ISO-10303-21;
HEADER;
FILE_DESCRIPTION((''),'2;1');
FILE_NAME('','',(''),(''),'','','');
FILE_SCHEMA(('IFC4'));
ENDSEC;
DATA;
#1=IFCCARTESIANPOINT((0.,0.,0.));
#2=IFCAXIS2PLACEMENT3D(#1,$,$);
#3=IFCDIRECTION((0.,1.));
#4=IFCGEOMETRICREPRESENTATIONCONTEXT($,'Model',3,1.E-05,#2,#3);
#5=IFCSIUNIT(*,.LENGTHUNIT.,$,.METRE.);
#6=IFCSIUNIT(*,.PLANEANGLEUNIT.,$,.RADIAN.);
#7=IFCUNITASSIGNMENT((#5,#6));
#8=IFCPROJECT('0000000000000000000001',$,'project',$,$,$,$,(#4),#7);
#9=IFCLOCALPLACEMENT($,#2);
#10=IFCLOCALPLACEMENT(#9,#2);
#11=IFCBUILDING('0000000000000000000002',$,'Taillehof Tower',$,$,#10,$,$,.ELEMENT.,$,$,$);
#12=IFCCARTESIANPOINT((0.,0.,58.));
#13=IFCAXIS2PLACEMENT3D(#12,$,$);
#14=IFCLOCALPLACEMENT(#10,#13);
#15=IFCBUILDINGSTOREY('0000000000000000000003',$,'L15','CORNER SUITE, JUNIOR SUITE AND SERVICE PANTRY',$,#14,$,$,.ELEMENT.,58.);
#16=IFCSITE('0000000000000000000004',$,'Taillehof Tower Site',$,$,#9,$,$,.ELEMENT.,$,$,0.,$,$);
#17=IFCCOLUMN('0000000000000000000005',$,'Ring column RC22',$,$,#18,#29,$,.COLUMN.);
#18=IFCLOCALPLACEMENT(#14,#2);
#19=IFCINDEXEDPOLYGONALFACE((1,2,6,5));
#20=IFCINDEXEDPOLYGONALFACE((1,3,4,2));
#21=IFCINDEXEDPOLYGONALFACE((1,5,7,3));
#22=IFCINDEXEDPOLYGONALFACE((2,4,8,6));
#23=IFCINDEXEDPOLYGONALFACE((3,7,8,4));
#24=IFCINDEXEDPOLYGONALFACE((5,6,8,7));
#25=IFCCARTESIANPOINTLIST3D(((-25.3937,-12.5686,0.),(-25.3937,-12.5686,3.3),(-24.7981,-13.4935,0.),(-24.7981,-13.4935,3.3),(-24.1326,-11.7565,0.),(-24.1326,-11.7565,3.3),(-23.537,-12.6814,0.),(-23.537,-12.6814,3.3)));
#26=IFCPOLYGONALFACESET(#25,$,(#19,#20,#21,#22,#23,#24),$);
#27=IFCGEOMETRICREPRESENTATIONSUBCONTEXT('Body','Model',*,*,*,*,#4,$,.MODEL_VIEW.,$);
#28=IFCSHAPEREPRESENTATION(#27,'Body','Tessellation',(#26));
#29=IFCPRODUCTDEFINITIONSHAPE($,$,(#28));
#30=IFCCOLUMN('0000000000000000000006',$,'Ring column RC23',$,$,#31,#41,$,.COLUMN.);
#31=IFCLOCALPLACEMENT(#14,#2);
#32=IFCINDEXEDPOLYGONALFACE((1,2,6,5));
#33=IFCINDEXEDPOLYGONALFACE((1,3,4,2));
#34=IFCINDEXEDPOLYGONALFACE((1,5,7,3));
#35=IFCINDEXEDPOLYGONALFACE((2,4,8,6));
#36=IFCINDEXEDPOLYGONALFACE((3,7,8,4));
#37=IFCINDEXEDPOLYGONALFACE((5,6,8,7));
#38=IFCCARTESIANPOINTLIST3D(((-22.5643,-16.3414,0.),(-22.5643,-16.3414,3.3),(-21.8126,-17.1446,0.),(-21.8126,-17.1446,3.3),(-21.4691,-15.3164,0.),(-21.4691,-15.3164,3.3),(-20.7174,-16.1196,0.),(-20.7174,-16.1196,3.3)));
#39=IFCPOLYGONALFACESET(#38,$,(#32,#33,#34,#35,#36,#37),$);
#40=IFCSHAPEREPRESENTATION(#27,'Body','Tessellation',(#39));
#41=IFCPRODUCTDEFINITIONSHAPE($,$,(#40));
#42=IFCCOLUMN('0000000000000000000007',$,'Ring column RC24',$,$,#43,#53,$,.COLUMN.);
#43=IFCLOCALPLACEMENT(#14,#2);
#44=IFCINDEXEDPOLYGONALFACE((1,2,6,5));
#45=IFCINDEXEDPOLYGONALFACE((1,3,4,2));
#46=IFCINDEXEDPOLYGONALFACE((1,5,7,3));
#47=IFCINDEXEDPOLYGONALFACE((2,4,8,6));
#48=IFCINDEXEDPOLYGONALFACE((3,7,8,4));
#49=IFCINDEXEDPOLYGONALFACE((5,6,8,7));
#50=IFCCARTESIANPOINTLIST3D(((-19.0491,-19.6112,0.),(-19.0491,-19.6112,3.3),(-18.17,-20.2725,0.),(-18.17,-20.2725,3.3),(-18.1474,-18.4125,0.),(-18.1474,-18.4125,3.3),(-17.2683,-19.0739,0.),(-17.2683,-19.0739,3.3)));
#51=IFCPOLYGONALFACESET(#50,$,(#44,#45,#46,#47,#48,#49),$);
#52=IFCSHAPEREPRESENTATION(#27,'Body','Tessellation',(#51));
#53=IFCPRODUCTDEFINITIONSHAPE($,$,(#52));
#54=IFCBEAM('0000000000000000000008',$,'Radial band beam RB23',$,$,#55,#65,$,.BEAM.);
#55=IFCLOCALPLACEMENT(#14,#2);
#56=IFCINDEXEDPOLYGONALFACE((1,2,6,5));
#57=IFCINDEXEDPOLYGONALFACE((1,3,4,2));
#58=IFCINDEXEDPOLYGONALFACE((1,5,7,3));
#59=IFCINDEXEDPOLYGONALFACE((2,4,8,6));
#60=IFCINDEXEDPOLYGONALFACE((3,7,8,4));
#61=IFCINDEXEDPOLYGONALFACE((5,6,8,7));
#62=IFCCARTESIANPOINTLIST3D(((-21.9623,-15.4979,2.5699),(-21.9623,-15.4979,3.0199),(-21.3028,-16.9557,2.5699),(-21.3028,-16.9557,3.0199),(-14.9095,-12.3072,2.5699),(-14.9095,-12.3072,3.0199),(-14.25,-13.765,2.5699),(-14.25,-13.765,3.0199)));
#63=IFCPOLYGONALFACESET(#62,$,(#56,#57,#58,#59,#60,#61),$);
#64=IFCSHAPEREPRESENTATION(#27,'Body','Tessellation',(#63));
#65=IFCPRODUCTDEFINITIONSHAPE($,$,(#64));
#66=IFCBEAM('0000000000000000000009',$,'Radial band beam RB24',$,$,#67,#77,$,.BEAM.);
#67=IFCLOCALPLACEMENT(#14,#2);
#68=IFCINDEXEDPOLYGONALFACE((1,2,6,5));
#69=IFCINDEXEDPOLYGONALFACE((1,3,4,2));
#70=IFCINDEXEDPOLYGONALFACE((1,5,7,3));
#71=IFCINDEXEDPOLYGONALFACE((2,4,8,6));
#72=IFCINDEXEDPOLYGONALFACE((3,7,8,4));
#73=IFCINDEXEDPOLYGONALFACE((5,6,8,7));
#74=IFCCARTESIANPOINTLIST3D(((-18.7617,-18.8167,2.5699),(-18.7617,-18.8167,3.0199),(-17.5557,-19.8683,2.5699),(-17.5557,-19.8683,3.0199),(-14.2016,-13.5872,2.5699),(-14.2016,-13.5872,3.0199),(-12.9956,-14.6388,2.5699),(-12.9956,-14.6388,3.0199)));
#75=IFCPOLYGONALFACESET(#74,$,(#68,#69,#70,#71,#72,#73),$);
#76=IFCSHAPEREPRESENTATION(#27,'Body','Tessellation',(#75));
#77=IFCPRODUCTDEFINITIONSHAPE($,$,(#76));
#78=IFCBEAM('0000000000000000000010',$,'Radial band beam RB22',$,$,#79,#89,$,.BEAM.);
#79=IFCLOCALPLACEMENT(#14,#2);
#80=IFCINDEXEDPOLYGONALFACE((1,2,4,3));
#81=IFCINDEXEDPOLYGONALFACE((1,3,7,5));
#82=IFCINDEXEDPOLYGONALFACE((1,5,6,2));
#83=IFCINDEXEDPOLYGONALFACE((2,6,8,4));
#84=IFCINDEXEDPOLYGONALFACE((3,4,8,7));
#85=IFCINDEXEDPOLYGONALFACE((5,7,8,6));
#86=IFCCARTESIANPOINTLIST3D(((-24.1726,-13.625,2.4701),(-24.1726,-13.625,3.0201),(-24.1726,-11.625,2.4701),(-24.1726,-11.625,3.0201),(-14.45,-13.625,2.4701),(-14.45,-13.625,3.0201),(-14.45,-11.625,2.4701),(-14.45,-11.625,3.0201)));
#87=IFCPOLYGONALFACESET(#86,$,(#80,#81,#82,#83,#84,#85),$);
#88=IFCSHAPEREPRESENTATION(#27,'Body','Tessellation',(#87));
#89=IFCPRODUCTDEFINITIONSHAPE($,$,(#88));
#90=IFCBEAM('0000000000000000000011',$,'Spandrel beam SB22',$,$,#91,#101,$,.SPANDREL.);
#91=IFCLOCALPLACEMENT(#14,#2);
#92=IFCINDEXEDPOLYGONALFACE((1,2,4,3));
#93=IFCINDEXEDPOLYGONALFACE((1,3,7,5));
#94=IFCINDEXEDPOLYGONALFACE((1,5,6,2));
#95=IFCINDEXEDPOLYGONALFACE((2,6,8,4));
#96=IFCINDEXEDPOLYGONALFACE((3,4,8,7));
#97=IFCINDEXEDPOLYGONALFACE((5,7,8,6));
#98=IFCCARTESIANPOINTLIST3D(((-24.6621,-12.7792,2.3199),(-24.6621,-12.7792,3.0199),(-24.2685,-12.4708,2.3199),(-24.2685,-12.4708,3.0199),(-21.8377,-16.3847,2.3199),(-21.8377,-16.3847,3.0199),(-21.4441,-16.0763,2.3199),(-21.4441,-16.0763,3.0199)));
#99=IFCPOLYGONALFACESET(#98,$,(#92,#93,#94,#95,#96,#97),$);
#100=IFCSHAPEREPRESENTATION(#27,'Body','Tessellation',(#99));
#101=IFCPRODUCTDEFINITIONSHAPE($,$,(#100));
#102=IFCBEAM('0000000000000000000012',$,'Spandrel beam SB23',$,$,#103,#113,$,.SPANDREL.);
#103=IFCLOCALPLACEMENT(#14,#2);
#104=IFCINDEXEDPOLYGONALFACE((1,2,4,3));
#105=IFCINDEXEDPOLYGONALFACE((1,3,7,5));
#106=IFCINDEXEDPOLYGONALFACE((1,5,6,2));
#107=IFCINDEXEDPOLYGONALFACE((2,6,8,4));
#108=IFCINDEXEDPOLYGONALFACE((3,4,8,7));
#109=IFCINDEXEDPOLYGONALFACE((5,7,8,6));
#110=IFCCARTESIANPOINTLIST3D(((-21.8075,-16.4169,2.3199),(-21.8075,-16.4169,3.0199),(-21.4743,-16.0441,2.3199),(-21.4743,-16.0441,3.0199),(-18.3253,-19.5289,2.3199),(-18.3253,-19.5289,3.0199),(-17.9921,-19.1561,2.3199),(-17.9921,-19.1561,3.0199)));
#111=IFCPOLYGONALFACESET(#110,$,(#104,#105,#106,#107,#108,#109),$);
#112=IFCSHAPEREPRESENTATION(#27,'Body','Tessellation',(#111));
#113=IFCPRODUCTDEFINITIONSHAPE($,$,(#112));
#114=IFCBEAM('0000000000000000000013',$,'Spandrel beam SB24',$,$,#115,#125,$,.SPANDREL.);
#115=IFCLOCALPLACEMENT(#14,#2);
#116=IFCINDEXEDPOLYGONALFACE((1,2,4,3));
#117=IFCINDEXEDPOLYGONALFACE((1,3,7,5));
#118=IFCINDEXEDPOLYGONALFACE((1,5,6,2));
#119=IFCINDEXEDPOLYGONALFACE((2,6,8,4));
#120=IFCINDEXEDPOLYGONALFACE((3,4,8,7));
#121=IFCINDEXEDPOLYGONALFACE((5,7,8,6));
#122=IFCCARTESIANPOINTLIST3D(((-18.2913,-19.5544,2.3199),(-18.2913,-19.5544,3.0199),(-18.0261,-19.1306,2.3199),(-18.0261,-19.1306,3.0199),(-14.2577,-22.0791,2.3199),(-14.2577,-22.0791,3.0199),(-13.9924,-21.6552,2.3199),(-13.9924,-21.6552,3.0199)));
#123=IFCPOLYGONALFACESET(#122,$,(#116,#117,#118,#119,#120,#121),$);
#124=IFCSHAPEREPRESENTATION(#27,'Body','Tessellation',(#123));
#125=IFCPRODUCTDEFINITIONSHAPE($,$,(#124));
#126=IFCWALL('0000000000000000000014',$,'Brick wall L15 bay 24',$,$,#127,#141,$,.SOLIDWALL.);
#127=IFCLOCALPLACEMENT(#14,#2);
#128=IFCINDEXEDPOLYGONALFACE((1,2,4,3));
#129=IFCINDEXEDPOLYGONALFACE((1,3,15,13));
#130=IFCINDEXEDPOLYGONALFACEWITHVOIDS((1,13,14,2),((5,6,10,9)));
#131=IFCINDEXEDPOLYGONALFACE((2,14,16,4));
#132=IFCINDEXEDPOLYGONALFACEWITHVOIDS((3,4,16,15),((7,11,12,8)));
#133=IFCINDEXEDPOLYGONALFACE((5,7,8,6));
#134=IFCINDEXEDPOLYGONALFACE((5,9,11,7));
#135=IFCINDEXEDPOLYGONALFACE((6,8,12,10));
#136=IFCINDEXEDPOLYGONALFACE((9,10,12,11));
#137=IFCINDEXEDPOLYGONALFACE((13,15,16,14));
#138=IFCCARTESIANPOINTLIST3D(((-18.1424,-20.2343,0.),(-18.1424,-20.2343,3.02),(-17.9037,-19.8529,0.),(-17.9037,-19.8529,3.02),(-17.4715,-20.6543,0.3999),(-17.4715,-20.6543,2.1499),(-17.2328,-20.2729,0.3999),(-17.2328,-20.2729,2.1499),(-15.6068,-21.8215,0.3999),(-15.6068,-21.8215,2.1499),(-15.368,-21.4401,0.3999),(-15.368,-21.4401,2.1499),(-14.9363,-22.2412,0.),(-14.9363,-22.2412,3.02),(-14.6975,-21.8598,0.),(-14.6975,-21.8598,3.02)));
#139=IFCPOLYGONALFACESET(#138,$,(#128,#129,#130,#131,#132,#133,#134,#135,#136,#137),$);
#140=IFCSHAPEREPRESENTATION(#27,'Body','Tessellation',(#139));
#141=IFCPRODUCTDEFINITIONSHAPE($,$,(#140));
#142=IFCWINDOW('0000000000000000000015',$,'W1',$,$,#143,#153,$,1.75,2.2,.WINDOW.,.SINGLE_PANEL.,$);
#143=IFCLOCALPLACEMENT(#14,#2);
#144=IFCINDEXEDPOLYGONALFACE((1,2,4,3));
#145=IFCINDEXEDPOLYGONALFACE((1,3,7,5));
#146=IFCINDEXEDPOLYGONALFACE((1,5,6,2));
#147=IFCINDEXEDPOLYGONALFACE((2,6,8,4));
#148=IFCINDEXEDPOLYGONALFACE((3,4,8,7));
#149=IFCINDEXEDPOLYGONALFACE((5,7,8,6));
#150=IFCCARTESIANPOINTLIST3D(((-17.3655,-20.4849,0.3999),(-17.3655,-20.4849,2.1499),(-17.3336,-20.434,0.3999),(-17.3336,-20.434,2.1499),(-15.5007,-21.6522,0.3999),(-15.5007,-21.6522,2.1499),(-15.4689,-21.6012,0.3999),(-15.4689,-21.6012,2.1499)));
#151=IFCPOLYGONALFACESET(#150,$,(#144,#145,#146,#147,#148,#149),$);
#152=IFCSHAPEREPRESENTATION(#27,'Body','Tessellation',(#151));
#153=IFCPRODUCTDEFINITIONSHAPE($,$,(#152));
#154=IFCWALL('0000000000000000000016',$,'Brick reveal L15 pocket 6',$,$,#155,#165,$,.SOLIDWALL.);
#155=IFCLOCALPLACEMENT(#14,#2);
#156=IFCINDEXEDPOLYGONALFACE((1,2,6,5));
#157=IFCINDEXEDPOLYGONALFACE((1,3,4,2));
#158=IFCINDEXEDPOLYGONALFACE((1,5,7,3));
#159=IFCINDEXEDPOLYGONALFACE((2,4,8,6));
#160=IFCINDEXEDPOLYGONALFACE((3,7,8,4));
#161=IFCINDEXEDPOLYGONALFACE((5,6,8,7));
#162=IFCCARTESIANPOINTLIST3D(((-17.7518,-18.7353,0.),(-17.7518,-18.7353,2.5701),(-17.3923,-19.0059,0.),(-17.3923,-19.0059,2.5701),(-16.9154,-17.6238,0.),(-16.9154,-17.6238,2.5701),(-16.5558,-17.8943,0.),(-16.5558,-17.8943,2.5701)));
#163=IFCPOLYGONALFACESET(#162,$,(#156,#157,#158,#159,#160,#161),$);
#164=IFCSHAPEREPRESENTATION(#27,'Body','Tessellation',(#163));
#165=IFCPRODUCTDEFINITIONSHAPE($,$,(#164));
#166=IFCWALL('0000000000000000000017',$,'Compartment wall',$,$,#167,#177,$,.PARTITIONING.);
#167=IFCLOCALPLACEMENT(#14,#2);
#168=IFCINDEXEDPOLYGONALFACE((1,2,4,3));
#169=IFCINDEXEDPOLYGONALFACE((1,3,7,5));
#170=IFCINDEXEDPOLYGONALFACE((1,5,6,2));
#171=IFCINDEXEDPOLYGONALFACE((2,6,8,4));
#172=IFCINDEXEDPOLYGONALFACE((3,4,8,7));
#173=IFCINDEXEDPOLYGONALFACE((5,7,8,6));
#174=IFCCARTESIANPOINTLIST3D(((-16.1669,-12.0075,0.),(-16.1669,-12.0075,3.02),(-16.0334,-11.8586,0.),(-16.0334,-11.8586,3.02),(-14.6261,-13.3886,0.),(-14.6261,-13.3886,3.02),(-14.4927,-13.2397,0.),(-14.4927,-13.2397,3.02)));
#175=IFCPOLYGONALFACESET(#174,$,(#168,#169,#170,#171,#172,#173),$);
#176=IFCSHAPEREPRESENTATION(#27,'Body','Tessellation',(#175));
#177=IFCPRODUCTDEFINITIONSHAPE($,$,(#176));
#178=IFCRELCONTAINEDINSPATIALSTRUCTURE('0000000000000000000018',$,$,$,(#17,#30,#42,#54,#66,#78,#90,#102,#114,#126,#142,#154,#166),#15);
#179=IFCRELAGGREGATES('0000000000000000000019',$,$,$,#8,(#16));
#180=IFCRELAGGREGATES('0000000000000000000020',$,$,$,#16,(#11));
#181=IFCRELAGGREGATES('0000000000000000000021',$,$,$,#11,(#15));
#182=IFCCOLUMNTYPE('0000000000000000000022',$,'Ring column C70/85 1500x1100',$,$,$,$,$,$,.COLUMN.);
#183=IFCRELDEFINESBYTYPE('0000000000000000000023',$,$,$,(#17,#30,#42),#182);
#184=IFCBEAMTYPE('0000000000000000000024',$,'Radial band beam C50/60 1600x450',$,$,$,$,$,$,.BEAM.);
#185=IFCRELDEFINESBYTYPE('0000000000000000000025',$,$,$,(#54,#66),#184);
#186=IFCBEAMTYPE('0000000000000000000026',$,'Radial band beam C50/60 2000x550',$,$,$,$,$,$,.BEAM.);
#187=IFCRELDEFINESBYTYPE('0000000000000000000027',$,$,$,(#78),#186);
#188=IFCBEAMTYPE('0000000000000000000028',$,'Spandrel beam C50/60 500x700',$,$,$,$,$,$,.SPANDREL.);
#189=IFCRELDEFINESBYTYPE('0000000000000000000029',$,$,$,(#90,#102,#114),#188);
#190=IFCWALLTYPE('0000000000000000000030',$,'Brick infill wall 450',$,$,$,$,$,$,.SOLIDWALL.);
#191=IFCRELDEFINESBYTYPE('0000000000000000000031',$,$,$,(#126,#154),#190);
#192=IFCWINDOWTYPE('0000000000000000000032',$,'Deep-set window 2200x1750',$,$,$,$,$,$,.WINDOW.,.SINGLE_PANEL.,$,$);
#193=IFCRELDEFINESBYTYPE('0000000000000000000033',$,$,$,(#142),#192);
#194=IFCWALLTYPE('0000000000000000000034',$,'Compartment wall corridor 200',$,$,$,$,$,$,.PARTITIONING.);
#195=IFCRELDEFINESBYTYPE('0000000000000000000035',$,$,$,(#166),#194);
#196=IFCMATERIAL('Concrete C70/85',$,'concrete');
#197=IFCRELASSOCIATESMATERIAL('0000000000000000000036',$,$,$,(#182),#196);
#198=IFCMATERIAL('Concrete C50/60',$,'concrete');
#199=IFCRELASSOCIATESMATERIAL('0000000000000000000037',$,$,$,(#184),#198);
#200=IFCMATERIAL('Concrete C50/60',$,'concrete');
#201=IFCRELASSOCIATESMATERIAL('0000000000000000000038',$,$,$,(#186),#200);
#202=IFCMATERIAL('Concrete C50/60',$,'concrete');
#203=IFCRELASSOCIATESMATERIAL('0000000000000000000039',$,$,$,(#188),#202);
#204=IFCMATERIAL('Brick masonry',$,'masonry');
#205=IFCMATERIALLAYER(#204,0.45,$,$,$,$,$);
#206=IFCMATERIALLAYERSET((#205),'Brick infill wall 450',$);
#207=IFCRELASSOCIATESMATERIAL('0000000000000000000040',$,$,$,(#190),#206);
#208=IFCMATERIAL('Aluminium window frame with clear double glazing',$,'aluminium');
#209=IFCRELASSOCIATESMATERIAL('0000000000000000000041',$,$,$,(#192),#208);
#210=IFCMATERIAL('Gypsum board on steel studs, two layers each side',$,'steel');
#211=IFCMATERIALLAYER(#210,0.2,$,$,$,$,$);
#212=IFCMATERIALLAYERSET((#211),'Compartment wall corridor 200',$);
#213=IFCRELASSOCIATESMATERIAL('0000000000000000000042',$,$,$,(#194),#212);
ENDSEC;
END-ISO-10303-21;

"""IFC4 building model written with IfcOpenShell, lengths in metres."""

from ifc_helpers import new_model, si_unit, direction, frame, frame_2d, origin, origin_2d, place, context, subcontext, project, spatial, rectangle, extrude, material, layer, layer_set, material_profile, profile_set, type_object, element, fill, save


model = new_model("IFC4")

# Units and contexts
model_context = context("Model", 3, precision=1e-05, world=origin(), true_north=direction((0.0, 1.0)))
body_context = subcontext(model_context, "Body", "Model", "MODEL_VIEW")
ifc_project = project(units=[si_unit("LENGTHUNIT", "METRE"), si_unit("PLANEANGLEUNIT", "RADIAN")], contexts=[model_context])

# Site, building, storey
site_placement = place(None, origin())
site = spatial("IfcSite", under=ifc_project, at=site_placement, Name="Taillehof Tower Site", CompositionType="ELEMENT", RefElevation=0.0)
building_placement = place(site_placement, origin())
building = spatial("IfcBuilding", under=site, at=building_placement, Name="Taillehof Tower", CompositionType="ELEMENT")
storey_placement = place(building_placement, frame((0.0, 0.0, 58.0)))
storey = spatial("IfcBuildingStorey", under=building, at=storey_placement, Name="L15", Description="CORNER SUITE, JUNIOR SUITE AND SERVICE PANTRY", CompositionType="ELEMENT", Elevation=58.0)

# Columns
ifc_material_1 = material(Name="Concrete C70/85", Category="concrete")
ifc_material_profile_1 = material_profile(ifc_material_1, rectangle(XDim=1.5, YDim=1.1001, at=origin_2d()), Name="RC 1500x1100")
ifc_profile_set_1 = profile_set([ifc_material_profile_1], Name="Concrete C70/85")
column_type = type_object("IfcColumnType", Name="Ring column C70/85 1500x1100", PredefinedType="COLUMN", material=ifc_profile_set_1)
for number, where, z_axis, x_axis, name in (
    (1, (-24.4653, -12.625, 0.0), (0.0, 0.0, 1.0), (-0.840754, -0.541418, 0.0), "Ring column RC22"),
    (2, (-21.6409, -16.2305, 0.0), (0.0, 0.0, 1.0), (-0.730113, -0.683326, 0.0), "Ring column RC23"),
    (3, (-18.1587, -19.3425, 0.0), (0.0, 0.0, 1.0), (-0.601174, -0.799118, 0.0), "Ring column RC24"),
):
    element("IfcColumn", number, at=place(storey_placement, frame(where, z_axis=z_axis, x_axis=x_axis)), inside=storey, type_object=column_type, Name=name, PredefinedType="COLUMN", context=body_context, shape_type="SweptSolid", body=[
        extrude(rectangle(XDim=1.5, YDim=1.1001, at=origin_2d()), origin(), (0.0, 0.0, 1.0), 3.3),
    ])

# Beams
ifc_material_2 = material(Name="Concrete C50/60", Category="concrete")
ifc_material_profile_2 = material_profile(ifc_material_2, rectangle(XDim=1.6001, YDim=0.45, at=origin_2d()), Name="RC 1600x450")
ifc_profile_set_2 = profile_set([ifc_material_profile_2], Name="Concrete C50/60")
beam_type_1 = type_object("IfcBeamType", Name="Radial band beam C50/60 1600x450", PredefinedType="BEAM", material=ifc_profile_set_2)
beam_1_placement = place(storey_placement, frame((-21.6326, -16.2268, 2.7949), z_axis=(0.911101, 0.412184, 0.0), x_axis=(-0.412184, 0.911101, 0.0)))
element("IfcBeam", 4, at=beam_1_placement, inside=storey, type_object=beam_type_1, Name="Radial band beam RB23", PredefinedType="BEAM", context=body_context, shape_type="SweptSolid", body=[
    extrude(rectangle(XDim=1.6001, YDim=0.45, at=origin_2d()), origin(), (0.0, 0.0, 1.0), 7.741),
])
beam_2_placement = place(storey_placement, frame((-18.1587, -19.3425, 2.7949), z_axis=(0.657218, 0.7537, 0.0), x_axis=(-0.7537, 0.657218, 0.0)))
element("IfcBeam", 5, at=beam_2_placement, inside=storey, type_object=beam_type_1, Name="Radial band beam RB24", PredefinedType="BEAM", context=body_context, shape_type="SweptSolid", body=[
    extrude(rectangle(XDim=1.6001, YDim=0.45, at=origin_2d()), origin(), (0.0, 0.0, 1.0), 6.9385),
])
ifc_material_3 = material(Name="Concrete C50/60", Category="concrete")
ifc_material_profile_3 = material_profile(ifc_material_3, rectangle(XDim=2.0, YDim=0.55, at=origin_2d()), Name="RC 2000x550")
ifc_profile_set_3 = profile_set([ifc_material_profile_3], Name="Concrete C50/60")
beam_type_2 = type_object("IfcBeamType", Name="Radial band beam C50/60 2000x550", PredefinedType="BEAM", material=ifc_profile_set_3)
beam_3_placement = place(storey_placement, frame((-24.1726, -12.625, 2.7451), z_axis=(1.0, 0.0, 0.0), x_axis=(0.0, 1.0, 0.0)))
element("IfcBeam", 6, at=beam_3_placement, inside=storey, type_object=beam_type_2, Name="Radial band beam RB22", PredefinedType="BEAM", context=body_context, shape_type="SweptSolid", body=[
    extrude(rectangle(XDim=2.0, YDim=0.55, at=origin_2d()), origin(), (0.0, 0.0, 1.0), 9.7227),
])
ifc_material_4 = material(Name="Concrete C50/60", Category="concrete")
ifc_material_profile_4 = material_profile(ifc_material_4, rectangle(XDim=0.5, YDim=0.7, at=origin_2d()), Name="RC 500x700")
ifc_profile_set_4 = profile_set([ifc_material_profile_4], Name="Concrete C50/60")
beam_type_3 = type_object("IfcBeamType", Name="Spandrel beam C50/60 500x700", PredefinedType="SPANDREL", material=ifc_profile_set_4)
beam_4_placement = place(storey_placement, frame((-24.4653, -12.625, 2.6699), z_axis=(0.616686, -0.787209, 0.0), x_axis=(0.787209, 0.616686, 0.0)))
element("IfcBeam", 7, at=beam_4_placement, inside=storey, type_object=beam_type_3, Name="Spandrel beam SB22", PredefinedType="SPANDREL", context=body_context, shape_type="SweptSolid", body=[
    extrude(rectangle(XDim=0.5, YDim=0.7, at=origin_2d()), origin(), (0.0, 0.0, 1.0), 4.5801),
])
beam_5_placement = place(storey_placement, frame((-21.6409, -16.2305, 2.6699), z_axis=(0.745621, -0.66637, 0.0), x_axis=(0.66637, 0.745621, 0.0)))
element("IfcBeam", 8, at=beam_5_placement, inside=storey, type_object=beam_type_3, Name="Spandrel beam SB23", PredefinedType="SPANDREL", context=body_context, shape_type="SweptSolid", body=[
    extrude(rectangle(XDim=0.5, YDim=0.7, at=origin_2d()), origin(), (0.0, 0.0, 1.0), 4.6702),
])
beam_6_placement = place(storey_placement, frame((-18.1587, -19.3425, 2.6699), z_axis=(0.847658, -0.530543, 0.0), x_axis=(0.530543, 0.847658, 0.0)))
element("IfcBeam", 9, at=beam_6_placement, inside=storey, type_object=beam_type_3, Name="Spandrel beam SB24", PredefinedType="SPANDREL", context=body_context, shape_type="SweptSolid", body=[
    extrude(rectangle(XDim=0.5, YDim=0.7, at=origin_2d()), origin(), (0.0, 0.0, 1.0), 4.7585),
])

# Wall, opening, window
ifc_material_5 = material(Name="Brick masonry", Category="masonry")
ifc_layer_1 = layer(ifc_material_5, 0.45)
ifc_layer_set_1 = layer_set([ifc_layer_1], Name="Brick infill wall 450")
wall_type_1 = type_object("IfcWallType", Name="Brick infill wall 450", PredefinedType="SOLIDWALL", material=ifc_layer_set_1)
wall_1_placement = place(storey_placement, frame((-18.0229, -20.0437, 0.0), z_axis=(0.0, 0.0, 1.0), x_axis=(0.847635, -0.530579, 0.0)))
wall_1 = element("IfcWall", 10, at=wall_1_placement, inside=storey, type_object=wall_type_1, Name="Brick wall L15 bay 24", PredefinedType="SOLIDWALL", context=body_context, shape_type="SweptSolid", body=[
    extrude(rectangle(XDim=3.7825, YDim=0.45, at=frame_2d((1.8911, 0.0))), origin(), (0.0, 0.0, 1.0), 3.02),
])
opening_1_placement = place(wall_1_placement, frame((0.7913, 0.0, 0.3999)))
opening_1 = element("IfcOpeningElement", 11, at=opening_1_placement, cuts=wall_1, PredefinedType="OPENING", context=body_context, shape_type="SweptSolid", body=[
    extrude(rectangle(XDim=2.2, YDim=1.75, at=frame_2d((1.1001, 0.875))), frame((0.0, 0.2349, 0.0), z_axis=(0.0, -1.0, 0.0), x_axis=(1.0, 0.0, 0.0)), (0.0, 0.0, 1.0), 0.47),
])
ifc_material_6 = material(Name="Aluminium window frame with clear double glazing", Category="aluminium")
window_type_1 = type_object("IfcWindowType", Name="Deep-set window 2200x1750", PartitioningType="SINGLE_PANEL", PredefinedType="WINDOW", material=ifc_material_6)
window_1_placement = place(opening_1_placement, origin())
window_1 = element("IfcWindow", 12, at=window_1_placement, inside=storey, type_object=window_type_1, Name="W1", OverallHeight=1.75, OverallWidth=2.2, PartitioningType="SINGLE_PANEL", PredefinedType="WINDOW", context=body_context, shape_type="SweptSolid", body=[
    extrude(rectangle(XDim=2.2, YDim=1.75, at=frame_2d((1.1001, 0.875))), frame((0.0, 0.0349, 0.0), z_axis=(0.0, -1.0, 0.0), x_axis=(1.0, 0.0, 0.0)), (0.0, 0.0, 1.0), 0.0601),
])
fill(opening_1, window_1)

# Wall
wall_2_placement = place(storey_placement, frame((-17.572, -18.8706, 0.0), z_axis=(0.0, 0.0, 1.0), x_axis=(0.601263, 0.799051, 0.0)))
element("IfcWall", 13, at=wall_2_placement, inside=storey, type_object=wall_type_1, Name="Brick reveal L15 pocket 6", PredefinedType="SOLIDWALL", context=body_context, shape_type="SweptSolid", body=[
    extrude(rectangle(XDim=1.3911, YDim=0.45, at=frame_2d((0.6956, 0.0))), origin(), (0.0, 0.0, 1.0), 2.5701),
])

# Wall
ifc_material_7 = material(Name="Gypsum board on steel studs, two layers each side", Category="steel")
ifc_layer_2 = layer(ifc_material_7, 0.2)
ifc_layer_set_2 = layer_set([ifc_layer_2], Name="Compartment wall corridor 200")
wall_type_2 = type_object("IfcWallType", Name="Compartment wall corridor 200", PredefinedType="PARTITIONING", material=ifc_layer_set_2)
wall_3_placement = place(storey_placement, frame((-14.5593, -13.3142, 0.0), z_axis=(0.0, 0.0, 1.0), x_axis=(-0.744636, 0.667471, 0.0)))
element("IfcWall", 14, at=wall_3_placement, inside=storey, type_object=wall_type_2, Name="Compartment wall", PredefinedType="PARTITIONING", context=body_context, shape_type="SweptSolid", body=[
    extrude(rectangle(XDim=2.0691, YDim=0.2, at=frame_2d((1.0347, 0.0))), origin(), (0.0, 0.0, 1.0), 3.02),
])

save(model, "model.ifc")
